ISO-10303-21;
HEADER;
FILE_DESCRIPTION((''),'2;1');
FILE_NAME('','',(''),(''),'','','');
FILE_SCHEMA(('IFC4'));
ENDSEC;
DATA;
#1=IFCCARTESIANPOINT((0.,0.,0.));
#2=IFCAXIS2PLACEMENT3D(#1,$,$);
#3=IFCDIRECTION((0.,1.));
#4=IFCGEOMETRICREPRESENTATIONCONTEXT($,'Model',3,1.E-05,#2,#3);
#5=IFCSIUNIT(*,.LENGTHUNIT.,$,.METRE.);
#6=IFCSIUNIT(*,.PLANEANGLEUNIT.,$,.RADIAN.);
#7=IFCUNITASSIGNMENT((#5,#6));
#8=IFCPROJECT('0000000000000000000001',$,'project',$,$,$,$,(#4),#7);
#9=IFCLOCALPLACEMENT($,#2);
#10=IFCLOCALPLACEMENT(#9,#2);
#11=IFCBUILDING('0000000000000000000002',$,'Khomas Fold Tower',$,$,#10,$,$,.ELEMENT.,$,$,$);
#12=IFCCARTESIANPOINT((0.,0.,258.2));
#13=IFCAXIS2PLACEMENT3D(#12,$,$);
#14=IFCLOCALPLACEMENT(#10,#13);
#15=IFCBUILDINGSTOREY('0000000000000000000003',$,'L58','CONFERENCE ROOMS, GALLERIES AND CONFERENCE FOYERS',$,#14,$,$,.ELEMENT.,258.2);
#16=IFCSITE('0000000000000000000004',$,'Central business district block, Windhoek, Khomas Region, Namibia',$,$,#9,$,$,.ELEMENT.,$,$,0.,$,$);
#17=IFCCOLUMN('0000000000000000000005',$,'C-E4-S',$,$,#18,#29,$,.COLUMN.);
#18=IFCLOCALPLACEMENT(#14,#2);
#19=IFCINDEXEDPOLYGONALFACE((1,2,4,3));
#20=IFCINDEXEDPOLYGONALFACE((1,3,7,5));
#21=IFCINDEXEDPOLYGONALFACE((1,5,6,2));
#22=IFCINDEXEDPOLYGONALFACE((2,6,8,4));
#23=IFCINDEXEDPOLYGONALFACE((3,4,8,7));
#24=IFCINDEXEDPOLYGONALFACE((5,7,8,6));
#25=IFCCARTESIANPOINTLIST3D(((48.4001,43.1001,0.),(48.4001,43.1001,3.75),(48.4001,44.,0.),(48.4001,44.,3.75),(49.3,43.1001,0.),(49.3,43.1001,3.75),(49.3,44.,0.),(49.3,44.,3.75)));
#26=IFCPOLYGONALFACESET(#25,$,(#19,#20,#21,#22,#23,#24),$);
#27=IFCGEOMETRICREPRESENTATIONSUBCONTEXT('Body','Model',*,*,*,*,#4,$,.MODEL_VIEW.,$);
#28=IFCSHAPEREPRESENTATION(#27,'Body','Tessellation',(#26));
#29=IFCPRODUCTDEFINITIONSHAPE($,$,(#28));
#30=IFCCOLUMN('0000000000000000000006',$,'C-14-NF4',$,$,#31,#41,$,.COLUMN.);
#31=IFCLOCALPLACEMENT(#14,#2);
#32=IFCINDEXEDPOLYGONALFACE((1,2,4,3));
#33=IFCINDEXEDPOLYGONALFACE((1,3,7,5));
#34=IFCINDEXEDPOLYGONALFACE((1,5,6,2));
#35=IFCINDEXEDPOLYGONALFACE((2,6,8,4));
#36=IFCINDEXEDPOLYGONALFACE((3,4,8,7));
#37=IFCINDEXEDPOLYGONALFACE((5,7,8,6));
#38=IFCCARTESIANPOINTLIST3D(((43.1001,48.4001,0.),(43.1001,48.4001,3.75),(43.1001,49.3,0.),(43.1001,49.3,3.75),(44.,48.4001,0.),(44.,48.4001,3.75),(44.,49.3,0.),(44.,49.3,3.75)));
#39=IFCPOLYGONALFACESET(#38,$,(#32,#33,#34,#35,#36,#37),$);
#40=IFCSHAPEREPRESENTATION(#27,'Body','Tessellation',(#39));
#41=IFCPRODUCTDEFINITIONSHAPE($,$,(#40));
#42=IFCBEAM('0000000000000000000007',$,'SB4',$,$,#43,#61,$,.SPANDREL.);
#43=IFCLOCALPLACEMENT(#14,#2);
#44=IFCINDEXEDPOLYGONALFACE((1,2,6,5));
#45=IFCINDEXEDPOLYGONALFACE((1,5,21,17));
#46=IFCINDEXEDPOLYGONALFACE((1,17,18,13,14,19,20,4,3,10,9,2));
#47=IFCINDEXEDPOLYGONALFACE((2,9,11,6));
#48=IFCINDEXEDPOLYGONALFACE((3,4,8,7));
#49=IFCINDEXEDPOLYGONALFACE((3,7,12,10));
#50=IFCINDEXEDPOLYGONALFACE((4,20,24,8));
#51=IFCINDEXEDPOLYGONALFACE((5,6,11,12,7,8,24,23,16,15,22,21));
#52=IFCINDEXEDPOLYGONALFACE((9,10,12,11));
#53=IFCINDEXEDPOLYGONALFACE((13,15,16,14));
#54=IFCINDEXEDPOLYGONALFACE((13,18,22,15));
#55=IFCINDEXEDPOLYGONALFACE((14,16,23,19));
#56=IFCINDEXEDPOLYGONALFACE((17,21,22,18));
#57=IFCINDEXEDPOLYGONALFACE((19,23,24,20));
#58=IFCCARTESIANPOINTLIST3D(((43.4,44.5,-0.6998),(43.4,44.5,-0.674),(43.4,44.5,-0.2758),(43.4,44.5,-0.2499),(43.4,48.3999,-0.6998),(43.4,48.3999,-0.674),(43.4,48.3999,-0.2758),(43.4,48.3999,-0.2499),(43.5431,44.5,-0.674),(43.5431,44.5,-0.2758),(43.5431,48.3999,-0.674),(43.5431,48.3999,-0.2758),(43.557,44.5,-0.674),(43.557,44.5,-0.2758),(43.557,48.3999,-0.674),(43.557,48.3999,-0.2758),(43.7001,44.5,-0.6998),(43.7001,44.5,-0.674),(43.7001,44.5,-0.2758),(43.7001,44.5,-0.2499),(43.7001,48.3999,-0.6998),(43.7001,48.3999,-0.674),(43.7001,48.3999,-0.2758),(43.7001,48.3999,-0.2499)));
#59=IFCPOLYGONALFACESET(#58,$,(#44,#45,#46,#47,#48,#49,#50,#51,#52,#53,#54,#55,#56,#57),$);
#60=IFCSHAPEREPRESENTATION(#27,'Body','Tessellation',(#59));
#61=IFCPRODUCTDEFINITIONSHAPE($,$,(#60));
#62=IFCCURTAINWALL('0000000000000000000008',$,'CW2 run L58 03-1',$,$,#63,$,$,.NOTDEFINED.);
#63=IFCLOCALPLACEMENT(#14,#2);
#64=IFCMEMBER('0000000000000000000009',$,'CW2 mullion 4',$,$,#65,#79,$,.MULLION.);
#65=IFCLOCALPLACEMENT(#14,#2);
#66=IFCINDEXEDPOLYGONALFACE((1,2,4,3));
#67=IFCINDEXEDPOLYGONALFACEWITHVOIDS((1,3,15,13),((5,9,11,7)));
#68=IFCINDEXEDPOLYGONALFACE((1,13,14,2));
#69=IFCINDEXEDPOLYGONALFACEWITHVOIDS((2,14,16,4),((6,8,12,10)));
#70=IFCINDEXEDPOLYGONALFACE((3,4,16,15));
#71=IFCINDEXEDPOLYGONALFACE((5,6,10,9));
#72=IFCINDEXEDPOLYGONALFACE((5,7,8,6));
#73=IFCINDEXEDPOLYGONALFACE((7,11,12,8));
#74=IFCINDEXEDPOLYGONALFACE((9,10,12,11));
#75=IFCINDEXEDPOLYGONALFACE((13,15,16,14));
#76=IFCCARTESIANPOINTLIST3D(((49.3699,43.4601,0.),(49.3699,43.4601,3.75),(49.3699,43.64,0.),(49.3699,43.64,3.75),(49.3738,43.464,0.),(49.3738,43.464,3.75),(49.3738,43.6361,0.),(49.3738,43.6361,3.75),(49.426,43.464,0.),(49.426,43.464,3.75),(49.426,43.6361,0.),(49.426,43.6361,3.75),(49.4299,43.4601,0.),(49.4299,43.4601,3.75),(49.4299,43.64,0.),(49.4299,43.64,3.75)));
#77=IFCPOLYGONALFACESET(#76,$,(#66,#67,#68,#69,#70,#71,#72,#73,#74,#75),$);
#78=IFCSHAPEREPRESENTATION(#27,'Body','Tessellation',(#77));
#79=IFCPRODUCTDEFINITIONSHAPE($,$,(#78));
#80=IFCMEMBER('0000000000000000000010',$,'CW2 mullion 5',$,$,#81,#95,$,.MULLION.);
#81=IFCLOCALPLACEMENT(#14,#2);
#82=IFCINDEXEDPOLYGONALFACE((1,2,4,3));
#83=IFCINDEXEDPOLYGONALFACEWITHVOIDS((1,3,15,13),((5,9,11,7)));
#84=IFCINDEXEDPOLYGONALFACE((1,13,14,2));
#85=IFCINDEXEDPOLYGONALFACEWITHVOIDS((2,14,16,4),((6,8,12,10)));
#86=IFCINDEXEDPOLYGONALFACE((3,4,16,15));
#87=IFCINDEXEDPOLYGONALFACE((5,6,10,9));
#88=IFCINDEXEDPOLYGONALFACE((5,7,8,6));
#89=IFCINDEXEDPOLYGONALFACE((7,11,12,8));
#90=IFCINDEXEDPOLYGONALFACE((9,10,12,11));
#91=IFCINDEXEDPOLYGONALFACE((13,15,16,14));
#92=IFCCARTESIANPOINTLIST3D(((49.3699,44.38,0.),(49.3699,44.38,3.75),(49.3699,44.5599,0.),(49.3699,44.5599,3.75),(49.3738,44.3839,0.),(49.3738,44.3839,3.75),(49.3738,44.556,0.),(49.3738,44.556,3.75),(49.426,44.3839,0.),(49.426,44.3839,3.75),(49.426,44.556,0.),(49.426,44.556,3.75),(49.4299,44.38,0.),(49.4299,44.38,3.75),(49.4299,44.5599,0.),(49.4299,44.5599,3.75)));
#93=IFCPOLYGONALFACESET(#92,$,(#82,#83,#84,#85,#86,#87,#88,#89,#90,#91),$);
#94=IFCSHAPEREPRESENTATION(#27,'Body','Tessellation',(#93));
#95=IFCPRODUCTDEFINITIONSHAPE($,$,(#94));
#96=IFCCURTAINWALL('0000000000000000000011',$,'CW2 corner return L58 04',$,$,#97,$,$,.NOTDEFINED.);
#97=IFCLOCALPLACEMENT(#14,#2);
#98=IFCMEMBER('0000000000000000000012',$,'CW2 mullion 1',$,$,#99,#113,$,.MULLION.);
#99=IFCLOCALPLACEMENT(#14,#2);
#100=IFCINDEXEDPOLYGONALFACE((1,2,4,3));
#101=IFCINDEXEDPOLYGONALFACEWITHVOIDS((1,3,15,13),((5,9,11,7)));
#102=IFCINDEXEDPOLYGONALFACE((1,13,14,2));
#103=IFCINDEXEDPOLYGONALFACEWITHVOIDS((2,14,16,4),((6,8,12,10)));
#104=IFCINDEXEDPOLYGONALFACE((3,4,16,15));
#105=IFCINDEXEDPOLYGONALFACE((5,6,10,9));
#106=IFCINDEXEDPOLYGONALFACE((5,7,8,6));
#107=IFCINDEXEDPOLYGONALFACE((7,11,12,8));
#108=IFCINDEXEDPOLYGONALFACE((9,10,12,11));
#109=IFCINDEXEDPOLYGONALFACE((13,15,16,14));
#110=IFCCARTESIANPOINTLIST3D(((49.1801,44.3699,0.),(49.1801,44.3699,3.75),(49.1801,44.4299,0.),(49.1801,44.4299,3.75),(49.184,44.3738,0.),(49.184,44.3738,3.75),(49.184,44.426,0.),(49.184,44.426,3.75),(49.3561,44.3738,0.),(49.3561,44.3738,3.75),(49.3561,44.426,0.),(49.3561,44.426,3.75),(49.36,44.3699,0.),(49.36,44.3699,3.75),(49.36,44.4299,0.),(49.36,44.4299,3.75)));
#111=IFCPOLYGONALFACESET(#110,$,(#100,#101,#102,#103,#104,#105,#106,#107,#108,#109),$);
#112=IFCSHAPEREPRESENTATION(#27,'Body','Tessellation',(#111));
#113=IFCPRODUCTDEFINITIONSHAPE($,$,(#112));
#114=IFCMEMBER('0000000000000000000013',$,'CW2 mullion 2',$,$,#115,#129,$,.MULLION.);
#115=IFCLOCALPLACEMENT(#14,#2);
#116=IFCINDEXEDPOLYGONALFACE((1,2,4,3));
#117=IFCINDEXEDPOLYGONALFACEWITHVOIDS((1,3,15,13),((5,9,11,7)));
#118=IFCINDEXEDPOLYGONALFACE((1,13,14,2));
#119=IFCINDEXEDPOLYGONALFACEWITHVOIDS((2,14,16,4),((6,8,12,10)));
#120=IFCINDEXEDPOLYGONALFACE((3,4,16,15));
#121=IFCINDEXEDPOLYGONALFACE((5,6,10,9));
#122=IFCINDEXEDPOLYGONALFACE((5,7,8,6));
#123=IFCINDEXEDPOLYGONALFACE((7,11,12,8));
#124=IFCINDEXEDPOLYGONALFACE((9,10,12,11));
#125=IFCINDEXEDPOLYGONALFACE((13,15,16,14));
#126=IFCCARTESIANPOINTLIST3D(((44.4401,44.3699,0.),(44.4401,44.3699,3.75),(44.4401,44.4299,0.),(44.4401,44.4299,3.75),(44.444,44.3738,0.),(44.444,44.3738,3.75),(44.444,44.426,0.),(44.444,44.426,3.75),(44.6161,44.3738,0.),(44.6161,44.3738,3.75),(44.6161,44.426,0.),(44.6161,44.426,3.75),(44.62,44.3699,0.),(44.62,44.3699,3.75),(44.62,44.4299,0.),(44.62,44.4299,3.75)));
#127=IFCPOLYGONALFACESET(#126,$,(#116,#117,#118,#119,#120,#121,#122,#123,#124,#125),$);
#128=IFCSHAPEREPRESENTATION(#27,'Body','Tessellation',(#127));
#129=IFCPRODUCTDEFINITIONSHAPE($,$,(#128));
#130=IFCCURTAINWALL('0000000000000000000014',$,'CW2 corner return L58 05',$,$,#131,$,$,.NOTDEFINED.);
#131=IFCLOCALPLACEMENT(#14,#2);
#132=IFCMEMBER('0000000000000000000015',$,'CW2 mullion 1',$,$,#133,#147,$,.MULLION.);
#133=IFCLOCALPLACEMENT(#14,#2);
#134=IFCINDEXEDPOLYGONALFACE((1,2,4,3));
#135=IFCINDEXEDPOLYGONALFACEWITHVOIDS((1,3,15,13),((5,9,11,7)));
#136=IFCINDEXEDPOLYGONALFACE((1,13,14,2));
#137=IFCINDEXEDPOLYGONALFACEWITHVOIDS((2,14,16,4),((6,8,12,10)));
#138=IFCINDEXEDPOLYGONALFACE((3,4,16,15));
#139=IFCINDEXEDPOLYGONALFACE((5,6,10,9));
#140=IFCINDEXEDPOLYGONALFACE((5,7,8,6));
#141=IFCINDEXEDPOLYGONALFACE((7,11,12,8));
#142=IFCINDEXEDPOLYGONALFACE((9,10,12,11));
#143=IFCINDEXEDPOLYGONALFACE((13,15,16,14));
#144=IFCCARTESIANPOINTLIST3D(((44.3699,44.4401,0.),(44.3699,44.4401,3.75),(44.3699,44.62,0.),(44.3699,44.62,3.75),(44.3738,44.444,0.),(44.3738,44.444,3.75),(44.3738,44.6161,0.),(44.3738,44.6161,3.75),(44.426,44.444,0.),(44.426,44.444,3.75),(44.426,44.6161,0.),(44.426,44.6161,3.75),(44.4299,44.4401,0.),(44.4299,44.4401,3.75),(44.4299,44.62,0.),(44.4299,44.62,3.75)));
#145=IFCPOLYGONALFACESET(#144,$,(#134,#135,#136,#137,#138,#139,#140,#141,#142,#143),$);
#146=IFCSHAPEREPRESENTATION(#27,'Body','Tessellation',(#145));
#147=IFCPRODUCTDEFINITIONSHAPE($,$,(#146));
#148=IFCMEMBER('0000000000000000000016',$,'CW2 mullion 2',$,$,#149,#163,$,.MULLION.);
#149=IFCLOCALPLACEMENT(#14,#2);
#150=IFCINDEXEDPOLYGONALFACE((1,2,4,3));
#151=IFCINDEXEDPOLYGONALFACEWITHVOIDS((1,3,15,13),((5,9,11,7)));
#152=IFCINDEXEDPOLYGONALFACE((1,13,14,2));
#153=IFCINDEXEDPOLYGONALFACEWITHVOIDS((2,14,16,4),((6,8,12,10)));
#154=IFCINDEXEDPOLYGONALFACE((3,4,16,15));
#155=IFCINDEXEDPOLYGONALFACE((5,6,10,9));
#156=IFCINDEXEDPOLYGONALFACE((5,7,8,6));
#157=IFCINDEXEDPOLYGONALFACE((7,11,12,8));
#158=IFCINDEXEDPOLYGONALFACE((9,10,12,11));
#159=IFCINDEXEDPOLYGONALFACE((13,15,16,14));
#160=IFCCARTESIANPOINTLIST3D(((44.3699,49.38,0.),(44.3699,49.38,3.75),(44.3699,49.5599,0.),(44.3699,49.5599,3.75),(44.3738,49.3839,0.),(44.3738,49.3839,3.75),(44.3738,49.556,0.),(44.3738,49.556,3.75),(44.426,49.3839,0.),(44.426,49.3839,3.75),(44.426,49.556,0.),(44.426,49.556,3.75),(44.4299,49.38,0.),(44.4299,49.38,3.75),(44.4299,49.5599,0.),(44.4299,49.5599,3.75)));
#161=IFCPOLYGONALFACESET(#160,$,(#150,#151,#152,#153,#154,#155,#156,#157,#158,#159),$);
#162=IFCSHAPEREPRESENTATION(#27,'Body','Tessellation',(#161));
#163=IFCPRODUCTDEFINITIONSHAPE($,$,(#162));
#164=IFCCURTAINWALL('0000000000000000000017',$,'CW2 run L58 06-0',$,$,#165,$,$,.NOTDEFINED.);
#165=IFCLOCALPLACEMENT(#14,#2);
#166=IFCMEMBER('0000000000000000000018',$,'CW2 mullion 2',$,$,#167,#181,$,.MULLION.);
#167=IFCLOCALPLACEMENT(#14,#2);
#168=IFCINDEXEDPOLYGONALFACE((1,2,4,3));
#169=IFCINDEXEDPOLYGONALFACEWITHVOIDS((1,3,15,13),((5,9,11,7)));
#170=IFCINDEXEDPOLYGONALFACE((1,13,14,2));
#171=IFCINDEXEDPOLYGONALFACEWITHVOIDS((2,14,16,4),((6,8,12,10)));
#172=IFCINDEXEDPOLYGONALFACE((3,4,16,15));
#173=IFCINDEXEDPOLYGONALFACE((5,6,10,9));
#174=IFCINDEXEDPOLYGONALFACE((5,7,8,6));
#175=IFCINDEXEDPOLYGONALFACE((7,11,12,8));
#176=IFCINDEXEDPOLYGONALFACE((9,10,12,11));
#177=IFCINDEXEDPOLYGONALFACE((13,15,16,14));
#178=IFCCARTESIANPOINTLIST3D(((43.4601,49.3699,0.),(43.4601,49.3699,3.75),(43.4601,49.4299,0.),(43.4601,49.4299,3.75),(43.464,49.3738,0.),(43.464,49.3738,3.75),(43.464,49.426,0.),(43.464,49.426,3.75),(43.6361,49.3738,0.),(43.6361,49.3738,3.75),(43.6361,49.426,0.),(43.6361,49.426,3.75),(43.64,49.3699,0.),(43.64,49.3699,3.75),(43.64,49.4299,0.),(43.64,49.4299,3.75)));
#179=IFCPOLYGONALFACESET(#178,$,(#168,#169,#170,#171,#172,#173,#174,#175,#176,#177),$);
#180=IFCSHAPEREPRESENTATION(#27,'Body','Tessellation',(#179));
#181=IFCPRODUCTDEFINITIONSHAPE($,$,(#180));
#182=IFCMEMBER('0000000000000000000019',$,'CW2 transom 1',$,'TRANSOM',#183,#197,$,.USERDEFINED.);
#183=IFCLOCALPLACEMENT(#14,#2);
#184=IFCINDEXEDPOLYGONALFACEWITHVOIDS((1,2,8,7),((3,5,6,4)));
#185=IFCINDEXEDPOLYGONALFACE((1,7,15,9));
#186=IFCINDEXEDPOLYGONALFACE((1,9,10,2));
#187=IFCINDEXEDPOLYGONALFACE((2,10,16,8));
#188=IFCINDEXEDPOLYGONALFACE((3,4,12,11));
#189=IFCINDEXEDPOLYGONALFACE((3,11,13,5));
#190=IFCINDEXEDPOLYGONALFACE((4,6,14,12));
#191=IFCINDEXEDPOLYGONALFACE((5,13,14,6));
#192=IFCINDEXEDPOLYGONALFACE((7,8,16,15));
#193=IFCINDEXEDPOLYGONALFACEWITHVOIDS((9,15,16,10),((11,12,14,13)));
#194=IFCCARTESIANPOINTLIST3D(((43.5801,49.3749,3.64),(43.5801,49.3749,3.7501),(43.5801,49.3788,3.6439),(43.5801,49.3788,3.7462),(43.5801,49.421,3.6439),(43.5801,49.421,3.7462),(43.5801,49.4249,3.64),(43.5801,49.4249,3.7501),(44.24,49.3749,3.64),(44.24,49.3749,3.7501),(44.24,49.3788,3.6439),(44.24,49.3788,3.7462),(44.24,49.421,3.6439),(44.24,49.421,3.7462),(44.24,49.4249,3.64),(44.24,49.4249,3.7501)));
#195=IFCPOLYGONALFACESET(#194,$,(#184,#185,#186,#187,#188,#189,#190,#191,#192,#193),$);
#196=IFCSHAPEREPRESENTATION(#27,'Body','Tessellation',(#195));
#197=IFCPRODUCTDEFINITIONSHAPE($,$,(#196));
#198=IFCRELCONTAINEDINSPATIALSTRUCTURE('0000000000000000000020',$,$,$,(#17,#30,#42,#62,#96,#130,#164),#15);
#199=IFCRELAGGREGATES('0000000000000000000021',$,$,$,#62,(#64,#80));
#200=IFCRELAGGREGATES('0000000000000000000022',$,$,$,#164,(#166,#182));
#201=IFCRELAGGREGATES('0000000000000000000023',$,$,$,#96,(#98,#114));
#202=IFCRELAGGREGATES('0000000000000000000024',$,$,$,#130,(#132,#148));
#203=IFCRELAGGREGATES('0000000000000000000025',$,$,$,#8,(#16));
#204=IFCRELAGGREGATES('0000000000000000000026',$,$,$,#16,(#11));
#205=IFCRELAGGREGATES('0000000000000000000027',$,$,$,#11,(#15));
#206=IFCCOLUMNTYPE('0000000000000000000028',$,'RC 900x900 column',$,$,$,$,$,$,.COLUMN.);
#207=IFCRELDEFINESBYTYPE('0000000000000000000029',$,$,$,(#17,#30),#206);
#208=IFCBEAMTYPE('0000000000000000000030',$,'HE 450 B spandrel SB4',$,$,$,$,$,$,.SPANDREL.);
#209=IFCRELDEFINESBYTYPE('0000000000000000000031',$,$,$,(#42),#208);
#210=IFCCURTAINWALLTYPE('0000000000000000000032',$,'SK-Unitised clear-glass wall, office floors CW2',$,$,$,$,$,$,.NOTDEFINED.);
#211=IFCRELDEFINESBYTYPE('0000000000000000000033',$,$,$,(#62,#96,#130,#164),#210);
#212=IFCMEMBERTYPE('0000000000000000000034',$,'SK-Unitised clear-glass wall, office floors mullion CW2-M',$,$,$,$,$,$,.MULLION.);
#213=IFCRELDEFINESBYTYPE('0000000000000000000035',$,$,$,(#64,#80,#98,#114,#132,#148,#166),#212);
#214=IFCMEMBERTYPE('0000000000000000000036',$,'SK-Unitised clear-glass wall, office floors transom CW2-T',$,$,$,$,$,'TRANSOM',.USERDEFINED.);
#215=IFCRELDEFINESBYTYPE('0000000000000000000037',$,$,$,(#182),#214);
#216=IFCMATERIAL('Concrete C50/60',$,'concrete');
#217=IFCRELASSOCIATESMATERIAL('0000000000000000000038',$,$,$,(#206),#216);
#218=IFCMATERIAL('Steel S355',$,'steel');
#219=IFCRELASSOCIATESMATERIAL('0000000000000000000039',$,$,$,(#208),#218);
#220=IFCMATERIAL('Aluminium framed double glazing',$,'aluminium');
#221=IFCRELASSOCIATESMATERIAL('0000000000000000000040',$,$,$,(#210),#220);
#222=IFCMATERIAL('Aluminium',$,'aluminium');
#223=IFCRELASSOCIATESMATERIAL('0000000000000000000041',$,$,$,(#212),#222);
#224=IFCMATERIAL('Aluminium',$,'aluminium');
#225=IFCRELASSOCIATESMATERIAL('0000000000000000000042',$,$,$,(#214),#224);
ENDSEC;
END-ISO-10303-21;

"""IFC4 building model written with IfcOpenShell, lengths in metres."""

from ifc_helpers import new_model, si_unit, direction, frame, origin, origin_2d, place, context, subcontext, project, spatial, rectangle, hollow_rectangle, i_section, extrude, source, transform, mapped, material, material_profile, profile_set, type_object, element, aggregate, save


model = new_model("IFC4")

# Units and contexts
model_context = context("Model", 3, precision=1e-05, world=origin(), true_north=direction((0.0, 1.0)))
body_context = subcontext(model_context, "Body", "Model", "MODEL_VIEW")
ifc_project = project(units=[si_unit("LENGTHUNIT", "METRE"), si_unit("PLANEANGLEUNIT", "RADIAN")], contexts=[model_context])

# Site, building, storey
site_placement = place(None, origin())
site = spatial("IfcSite", under=ifc_project, at=site_placement, Name="Central business district block, Windhoek, Khomas Region, Namibia", CompositionType="ELEMENT", RefElevation=0.0)
building_placement = place(site_placement, origin())
building = spatial("IfcBuilding", under=site, at=building_placement, Name="Khomas Fold Tower", CompositionType="ELEMENT")
storey_placement = place(building_placement, frame((0.0, 0.0, 258.2)))
storey = spatial("IfcBuildingStorey", under=building, at=storey_placement, Name="L58", Description="CONFERENCE ROOMS, GALLERIES AND CONFERENCE FOYERS", CompositionType="ELEMENT", Elevation=258.2)

# Columns
ifc_material_1 = material(Name="Concrete C50/60", Category="concrete")
ifc_material_profile_1 = material_profile(ifc_material_1, rectangle(XDim=0.8999, YDim=0.8999, at=origin_2d()), Name="RC 900x900")
ifc_profile_set_1 = profile_set([ifc_material_profile_1], Name="Concrete C50/60")
column_type = type_object("IfcColumnType", Name="RC 900x900 column", PredefinedType="COLUMN", material=ifc_profile_set_1)
shared_shape_1 = source(origin(), body_context, "Body", "SweptSolid", [
    extrude(rectangle(XDim=0.8999, YDim=0.8999, at=origin_2d()), origin(), (0.0, 0.0, 1.0), 3.75),
])
for number, where, z_axis, x_axis, name in (
    (1, (48.8501, 43.55, 0.0), (0.0, 0.0, 1.0), (1.0, 0.0, 0.0), "C-E4-S"),
    (2, (43.55, 48.8501, 0.0), (0.0, 0.0, 1.0), (1.0, 0.0, 0.0), "C-14-NF4"),
):
    element("IfcColumn", number, at=place(storey_placement, frame(where, z_axis=z_axis, x_axis=x_axis)), inside=storey, type_object=column_type, Name=name, PredefinedType="COLUMN", context=body_context, shape_type="MappedRepresentation", body=[
        mapped(shared_shape_1, transform((0.0, 0.0, 0.0))),
    ])

# Beam
ifc_material_2 = material(Name="Steel S355", Category="steel")
ifc_material_profile_2 = material_profile(ifc_material_2, i_section(OverallWidth=0.3, OverallDepth=0.45, WebThickness=0.0139, FlangeThickness=0.0259, at=origin_2d()), Name="HE 450 B")
ifc_profile_set_2 = profile_set([ifc_material_profile_2], Name="Steel S355")
beam_type = type_object("IfcBeamType", Name="HE 450 B spandrel SB4", PredefinedType="SPANDREL", material=ifc_profile_set_2)
shared_shape_2 = source(origin(), body_context, "Body", "SweptSolid", [
    extrude(i_section(OverallWidth=0.3, OverallDepth=0.45, WebThickness=0.0139, FlangeThickness=0.0259, at=origin_2d()), origin(), (0.0, 0.0, 1.0), 3.8999),
])
beam_placement = place(storey_placement, frame((43.55, 44.5, -0.4749), z_axis=(0.0, 1.0, 0.0), x_axis=(-1.0, 0.0, 0.0)))
element("IfcBeam", 3, at=beam_placement, inside=storey, type_object=beam_type, Name="SB4", PredefinedType="SPANDREL", context=body_context, shape_type="MappedRepresentation", body=[
    mapped(shared_shape_2, transform((0.0, 0.0, 0.0))),
])

# Curtain walls, members
ifc_material_3 = material(Name="Aluminium framed double glazing", Category="aluminium")
curtain_wall_type = type_object("IfcCurtainWallType", Name="SK-Unitised clear-glass wall, office floors CW2", PredefinedType="NOTDEFINED", material=ifc_material_3)
curtain_wall_1_placement = place(storey_placement, origin())
curtain_wall_1 = element("IfcCurtainWall", 4, at=curtain_wall_1_placement, inside=storey, type_object=curtain_wall_type, Name="CW2 run L58 03-1", PredefinedType="NOTDEFINED")
ifc_material_4 = material(Name="Aluminium", Category="aluminium")
ifc_material_profile_3 = material_profile(ifc_material_4, hollow_rectangle(XDim=0.0601, YDim=0.1799, WallThickness=0.0039, at=origin_2d()), Name="SK-Unitised clear-glass wall, office floors mullion CW2-M")
ifc_profile_set_3 = profile_set([ifc_material_profile_3], Name="Aluminium")
member_type_1 = type_object("IfcMemberType", Name="SK-Unitised clear-glass wall, office floors mullion CW2-M", PredefinedType="MULLION", material=ifc_profile_set_3)
shared_shape_3 = source(origin(), body_context, "Body", "SweptSolid", [
    extrude(hollow_rectangle(XDim=0.0601, YDim=0.1799, WallThickness=0.0039, at=origin_2d()), origin(), (0.0, 0.0, 1.0), 3.75),
])
member_1_placement = place(storey_placement, frame((49.3999, 43.55, 0.0), z_axis=(0.0, 0.0, 1.0), x_axis=(-1.0, 0.0, 0.0)))
member_1 = element("IfcMember", 5, at=member_1_placement, type_object=member_type_1, Name="CW2 mullion 4", PredefinedType="MULLION", context=body_context, shape_type="MappedRepresentation", body=[
    mapped(shared_shape_3, transform((0.0, 0.0, 0.0))),
])
member_2_placement = place(storey_placement, frame((49.3999, 44.47, 0.0), z_axis=(0.0, 0.0, 1.0), x_axis=(-1.0, 0.0, 0.0)))
member_2 = element("IfcMember", 6, at=member_2_placement, type_object=member_type_1, Name="CW2 mullion 5", PredefinedType="MULLION", context=body_context, shape_type="MappedRepresentation", body=[
    mapped(shared_shape_3, transform((0.0, 0.0, 0.0))),
])
curtain_wall_2_placement = place(storey_placement, origin())
curtain_wall_2 = element("IfcCurtainWall", 7, at=curtain_wall_2_placement, inside=storey, type_object=curtain_wall_type, Name="CW2 corner return L58 04", PredefinedType="NOTDEFINED")
member_3_placement = place(storey_placement, frame((49.27, 44.3999, 0.0), z_axis=(0.0, 0.0, 1.0), x_axis=(0.0, -1.0, 0.0)))
member_3 = element("IfcMember", 8, at=member_3_placement, type_object=member_type_1, Name="CW2 mullion 1", PredefinedType="MULLION", context=body_context, shape_type="MappedRepresentation", body=[
    mapped(shared_shape_3, transform((0.0, 0.0, 0.0))),
])
member_4_placement = place(storey_placement, frame((44.53, 44.3999, 0.0), z_axis=(0.0, 0.0, 1.0), x_axis=(0.0, -1.0, 0.0)))
member_4 = element("IfcMember", 9, at=member_4_placement, type_object=member_type_1, Name="CW2 mullion 2", PredefinedType="MULLION", context=body_context, shape_type="MappedRepresentation", body=[
    mapped(shared_shape_3, transform((0.0, 0.0, 0.0))),
])
curtain_wall_3_placement = place(storey_placement, origin())
curtain_wall_3 = element("IfcCurtainWall", 10, at=curtain_wall_3_placement, inside=storey, type_object=curtain_wall_type, Name="CW2 corner return L58 05", PredefinedType="NOTDEFINED")
member_5_placement = place(storey_placement, frame((44.3999, 44.53, 0.0), z_axis=(0.0, 0.0, 1.0), x_axis=(-1.0, 0.0, 0.0)))
member_5 = element("IfcMember", 11, at=member_5_placement, type_object=member_type_1, Name="CW2 mullion 1", PredefinedType="MULLION", context=body_context, shape_type="MappedRepresentation", body=[
    mapped(shared_shape_3, transform((0.0, 0.0, 0.0))),
])
member_6_placement = place(storey_placement, frame((44.3999, 49.47, 0.0), z_axis=(0.0, 0.0, 1.0), x_axis=(-1.0, 0.0, 0.0)))
member_6 = element("IfcMember", 12, at=member_6_placement, type_object=member_type_1, Name="CW2 mullion 2", PredefinedType="MULLION", context=body_context, shape_type="MappedRepresentation", body=[
    mapped(shared_shape_3, transform((0.0, 0.0, 0.0))),
])
curtain_wall_4_placement = place(storey_placement, origin())
curtain_wall_4 = element("IfcCurtainWall", 13, at=curtain_wall_4_placement, inside=storey, type_object=curtain_wall_type, Name="CW2 run L58 06-0", PredefinedType="NOTDEFINED")
member_7_placement = place(storey_placement, frame((43.55, 49.3999, 0.0), z_axis=(0.0, 0.0, 1.0), x_axis=(0.0, -1.0, 0.0)))
member_7 = element("IfcMember", 14, at=member_7_placement, type_object=member_type_1, Name="CW2 mullion 2", PredefinedType="MULLION", context=body_context, shape_type="MappedRepresentation", body=[
    mapped(shared_shape_3, transform((0.0, 0.0, 0.0))),
])
ifc_material_5 = material(Name="Aluminium", Category="aluminium")
ifc_material_profile_4 = material_profile(ifc_material_5, hollow_rectangle(XDim=0.05, YDim=0.1101, WallThickness=0.0039, at=origin_2d()), Name="SK-Unitised clear-glass wall, office floors transom CW2-T")
ifc_profile_set_4 = profile_set([ifc_material_profile_4], Name="Aluminium")
member_type_2 = type_object("IfcMemberType", Name="SK-Unitised clear-glass wall, office floors transom CW2-T", ElementType="TRANSOM", PredefinedType="USERDEFINED", material=ifc_profile_set_4)
shared_shape_4 = source(origin(), body_context, "Body", "SweptSolid", [
    extrude(hollow_rectangle(XDim=0.05, YDim=0.1101, WallThickness=0.0039, at=origin_2d()), origin(), (0.0, 0.0, 1.0), 0.6599),
])
member_8_placement = place(storey_placement, frame((44.24, 49.3999, 3.6951), z_axis=(-1.0, 0.0, 0.0), x_axis=(0.0, -1.0, 0.0)))
member_8 = element("IfcMember", 15, at=member_8_placement, type_object=member_type_2, Name="CW2 transom 1", ObjectType="TRANSOM", PredefinedType="USERDEFINED", context=body_context, shape_type="MappedRepresentation", body=[
    mapped(shared_shape_4, transform((0.0, 0.0, 0.0))),
])

aggregate(curtain_wall_1, [member_1, member_2])
aggregate(curtain_wall_4, [member_7, member_8])
aggregate(curtain_wall_2, [member_3, member_4])
aggregate(curtain_wall_3, [member_5, member_6])

save(model, "model.ifc")
